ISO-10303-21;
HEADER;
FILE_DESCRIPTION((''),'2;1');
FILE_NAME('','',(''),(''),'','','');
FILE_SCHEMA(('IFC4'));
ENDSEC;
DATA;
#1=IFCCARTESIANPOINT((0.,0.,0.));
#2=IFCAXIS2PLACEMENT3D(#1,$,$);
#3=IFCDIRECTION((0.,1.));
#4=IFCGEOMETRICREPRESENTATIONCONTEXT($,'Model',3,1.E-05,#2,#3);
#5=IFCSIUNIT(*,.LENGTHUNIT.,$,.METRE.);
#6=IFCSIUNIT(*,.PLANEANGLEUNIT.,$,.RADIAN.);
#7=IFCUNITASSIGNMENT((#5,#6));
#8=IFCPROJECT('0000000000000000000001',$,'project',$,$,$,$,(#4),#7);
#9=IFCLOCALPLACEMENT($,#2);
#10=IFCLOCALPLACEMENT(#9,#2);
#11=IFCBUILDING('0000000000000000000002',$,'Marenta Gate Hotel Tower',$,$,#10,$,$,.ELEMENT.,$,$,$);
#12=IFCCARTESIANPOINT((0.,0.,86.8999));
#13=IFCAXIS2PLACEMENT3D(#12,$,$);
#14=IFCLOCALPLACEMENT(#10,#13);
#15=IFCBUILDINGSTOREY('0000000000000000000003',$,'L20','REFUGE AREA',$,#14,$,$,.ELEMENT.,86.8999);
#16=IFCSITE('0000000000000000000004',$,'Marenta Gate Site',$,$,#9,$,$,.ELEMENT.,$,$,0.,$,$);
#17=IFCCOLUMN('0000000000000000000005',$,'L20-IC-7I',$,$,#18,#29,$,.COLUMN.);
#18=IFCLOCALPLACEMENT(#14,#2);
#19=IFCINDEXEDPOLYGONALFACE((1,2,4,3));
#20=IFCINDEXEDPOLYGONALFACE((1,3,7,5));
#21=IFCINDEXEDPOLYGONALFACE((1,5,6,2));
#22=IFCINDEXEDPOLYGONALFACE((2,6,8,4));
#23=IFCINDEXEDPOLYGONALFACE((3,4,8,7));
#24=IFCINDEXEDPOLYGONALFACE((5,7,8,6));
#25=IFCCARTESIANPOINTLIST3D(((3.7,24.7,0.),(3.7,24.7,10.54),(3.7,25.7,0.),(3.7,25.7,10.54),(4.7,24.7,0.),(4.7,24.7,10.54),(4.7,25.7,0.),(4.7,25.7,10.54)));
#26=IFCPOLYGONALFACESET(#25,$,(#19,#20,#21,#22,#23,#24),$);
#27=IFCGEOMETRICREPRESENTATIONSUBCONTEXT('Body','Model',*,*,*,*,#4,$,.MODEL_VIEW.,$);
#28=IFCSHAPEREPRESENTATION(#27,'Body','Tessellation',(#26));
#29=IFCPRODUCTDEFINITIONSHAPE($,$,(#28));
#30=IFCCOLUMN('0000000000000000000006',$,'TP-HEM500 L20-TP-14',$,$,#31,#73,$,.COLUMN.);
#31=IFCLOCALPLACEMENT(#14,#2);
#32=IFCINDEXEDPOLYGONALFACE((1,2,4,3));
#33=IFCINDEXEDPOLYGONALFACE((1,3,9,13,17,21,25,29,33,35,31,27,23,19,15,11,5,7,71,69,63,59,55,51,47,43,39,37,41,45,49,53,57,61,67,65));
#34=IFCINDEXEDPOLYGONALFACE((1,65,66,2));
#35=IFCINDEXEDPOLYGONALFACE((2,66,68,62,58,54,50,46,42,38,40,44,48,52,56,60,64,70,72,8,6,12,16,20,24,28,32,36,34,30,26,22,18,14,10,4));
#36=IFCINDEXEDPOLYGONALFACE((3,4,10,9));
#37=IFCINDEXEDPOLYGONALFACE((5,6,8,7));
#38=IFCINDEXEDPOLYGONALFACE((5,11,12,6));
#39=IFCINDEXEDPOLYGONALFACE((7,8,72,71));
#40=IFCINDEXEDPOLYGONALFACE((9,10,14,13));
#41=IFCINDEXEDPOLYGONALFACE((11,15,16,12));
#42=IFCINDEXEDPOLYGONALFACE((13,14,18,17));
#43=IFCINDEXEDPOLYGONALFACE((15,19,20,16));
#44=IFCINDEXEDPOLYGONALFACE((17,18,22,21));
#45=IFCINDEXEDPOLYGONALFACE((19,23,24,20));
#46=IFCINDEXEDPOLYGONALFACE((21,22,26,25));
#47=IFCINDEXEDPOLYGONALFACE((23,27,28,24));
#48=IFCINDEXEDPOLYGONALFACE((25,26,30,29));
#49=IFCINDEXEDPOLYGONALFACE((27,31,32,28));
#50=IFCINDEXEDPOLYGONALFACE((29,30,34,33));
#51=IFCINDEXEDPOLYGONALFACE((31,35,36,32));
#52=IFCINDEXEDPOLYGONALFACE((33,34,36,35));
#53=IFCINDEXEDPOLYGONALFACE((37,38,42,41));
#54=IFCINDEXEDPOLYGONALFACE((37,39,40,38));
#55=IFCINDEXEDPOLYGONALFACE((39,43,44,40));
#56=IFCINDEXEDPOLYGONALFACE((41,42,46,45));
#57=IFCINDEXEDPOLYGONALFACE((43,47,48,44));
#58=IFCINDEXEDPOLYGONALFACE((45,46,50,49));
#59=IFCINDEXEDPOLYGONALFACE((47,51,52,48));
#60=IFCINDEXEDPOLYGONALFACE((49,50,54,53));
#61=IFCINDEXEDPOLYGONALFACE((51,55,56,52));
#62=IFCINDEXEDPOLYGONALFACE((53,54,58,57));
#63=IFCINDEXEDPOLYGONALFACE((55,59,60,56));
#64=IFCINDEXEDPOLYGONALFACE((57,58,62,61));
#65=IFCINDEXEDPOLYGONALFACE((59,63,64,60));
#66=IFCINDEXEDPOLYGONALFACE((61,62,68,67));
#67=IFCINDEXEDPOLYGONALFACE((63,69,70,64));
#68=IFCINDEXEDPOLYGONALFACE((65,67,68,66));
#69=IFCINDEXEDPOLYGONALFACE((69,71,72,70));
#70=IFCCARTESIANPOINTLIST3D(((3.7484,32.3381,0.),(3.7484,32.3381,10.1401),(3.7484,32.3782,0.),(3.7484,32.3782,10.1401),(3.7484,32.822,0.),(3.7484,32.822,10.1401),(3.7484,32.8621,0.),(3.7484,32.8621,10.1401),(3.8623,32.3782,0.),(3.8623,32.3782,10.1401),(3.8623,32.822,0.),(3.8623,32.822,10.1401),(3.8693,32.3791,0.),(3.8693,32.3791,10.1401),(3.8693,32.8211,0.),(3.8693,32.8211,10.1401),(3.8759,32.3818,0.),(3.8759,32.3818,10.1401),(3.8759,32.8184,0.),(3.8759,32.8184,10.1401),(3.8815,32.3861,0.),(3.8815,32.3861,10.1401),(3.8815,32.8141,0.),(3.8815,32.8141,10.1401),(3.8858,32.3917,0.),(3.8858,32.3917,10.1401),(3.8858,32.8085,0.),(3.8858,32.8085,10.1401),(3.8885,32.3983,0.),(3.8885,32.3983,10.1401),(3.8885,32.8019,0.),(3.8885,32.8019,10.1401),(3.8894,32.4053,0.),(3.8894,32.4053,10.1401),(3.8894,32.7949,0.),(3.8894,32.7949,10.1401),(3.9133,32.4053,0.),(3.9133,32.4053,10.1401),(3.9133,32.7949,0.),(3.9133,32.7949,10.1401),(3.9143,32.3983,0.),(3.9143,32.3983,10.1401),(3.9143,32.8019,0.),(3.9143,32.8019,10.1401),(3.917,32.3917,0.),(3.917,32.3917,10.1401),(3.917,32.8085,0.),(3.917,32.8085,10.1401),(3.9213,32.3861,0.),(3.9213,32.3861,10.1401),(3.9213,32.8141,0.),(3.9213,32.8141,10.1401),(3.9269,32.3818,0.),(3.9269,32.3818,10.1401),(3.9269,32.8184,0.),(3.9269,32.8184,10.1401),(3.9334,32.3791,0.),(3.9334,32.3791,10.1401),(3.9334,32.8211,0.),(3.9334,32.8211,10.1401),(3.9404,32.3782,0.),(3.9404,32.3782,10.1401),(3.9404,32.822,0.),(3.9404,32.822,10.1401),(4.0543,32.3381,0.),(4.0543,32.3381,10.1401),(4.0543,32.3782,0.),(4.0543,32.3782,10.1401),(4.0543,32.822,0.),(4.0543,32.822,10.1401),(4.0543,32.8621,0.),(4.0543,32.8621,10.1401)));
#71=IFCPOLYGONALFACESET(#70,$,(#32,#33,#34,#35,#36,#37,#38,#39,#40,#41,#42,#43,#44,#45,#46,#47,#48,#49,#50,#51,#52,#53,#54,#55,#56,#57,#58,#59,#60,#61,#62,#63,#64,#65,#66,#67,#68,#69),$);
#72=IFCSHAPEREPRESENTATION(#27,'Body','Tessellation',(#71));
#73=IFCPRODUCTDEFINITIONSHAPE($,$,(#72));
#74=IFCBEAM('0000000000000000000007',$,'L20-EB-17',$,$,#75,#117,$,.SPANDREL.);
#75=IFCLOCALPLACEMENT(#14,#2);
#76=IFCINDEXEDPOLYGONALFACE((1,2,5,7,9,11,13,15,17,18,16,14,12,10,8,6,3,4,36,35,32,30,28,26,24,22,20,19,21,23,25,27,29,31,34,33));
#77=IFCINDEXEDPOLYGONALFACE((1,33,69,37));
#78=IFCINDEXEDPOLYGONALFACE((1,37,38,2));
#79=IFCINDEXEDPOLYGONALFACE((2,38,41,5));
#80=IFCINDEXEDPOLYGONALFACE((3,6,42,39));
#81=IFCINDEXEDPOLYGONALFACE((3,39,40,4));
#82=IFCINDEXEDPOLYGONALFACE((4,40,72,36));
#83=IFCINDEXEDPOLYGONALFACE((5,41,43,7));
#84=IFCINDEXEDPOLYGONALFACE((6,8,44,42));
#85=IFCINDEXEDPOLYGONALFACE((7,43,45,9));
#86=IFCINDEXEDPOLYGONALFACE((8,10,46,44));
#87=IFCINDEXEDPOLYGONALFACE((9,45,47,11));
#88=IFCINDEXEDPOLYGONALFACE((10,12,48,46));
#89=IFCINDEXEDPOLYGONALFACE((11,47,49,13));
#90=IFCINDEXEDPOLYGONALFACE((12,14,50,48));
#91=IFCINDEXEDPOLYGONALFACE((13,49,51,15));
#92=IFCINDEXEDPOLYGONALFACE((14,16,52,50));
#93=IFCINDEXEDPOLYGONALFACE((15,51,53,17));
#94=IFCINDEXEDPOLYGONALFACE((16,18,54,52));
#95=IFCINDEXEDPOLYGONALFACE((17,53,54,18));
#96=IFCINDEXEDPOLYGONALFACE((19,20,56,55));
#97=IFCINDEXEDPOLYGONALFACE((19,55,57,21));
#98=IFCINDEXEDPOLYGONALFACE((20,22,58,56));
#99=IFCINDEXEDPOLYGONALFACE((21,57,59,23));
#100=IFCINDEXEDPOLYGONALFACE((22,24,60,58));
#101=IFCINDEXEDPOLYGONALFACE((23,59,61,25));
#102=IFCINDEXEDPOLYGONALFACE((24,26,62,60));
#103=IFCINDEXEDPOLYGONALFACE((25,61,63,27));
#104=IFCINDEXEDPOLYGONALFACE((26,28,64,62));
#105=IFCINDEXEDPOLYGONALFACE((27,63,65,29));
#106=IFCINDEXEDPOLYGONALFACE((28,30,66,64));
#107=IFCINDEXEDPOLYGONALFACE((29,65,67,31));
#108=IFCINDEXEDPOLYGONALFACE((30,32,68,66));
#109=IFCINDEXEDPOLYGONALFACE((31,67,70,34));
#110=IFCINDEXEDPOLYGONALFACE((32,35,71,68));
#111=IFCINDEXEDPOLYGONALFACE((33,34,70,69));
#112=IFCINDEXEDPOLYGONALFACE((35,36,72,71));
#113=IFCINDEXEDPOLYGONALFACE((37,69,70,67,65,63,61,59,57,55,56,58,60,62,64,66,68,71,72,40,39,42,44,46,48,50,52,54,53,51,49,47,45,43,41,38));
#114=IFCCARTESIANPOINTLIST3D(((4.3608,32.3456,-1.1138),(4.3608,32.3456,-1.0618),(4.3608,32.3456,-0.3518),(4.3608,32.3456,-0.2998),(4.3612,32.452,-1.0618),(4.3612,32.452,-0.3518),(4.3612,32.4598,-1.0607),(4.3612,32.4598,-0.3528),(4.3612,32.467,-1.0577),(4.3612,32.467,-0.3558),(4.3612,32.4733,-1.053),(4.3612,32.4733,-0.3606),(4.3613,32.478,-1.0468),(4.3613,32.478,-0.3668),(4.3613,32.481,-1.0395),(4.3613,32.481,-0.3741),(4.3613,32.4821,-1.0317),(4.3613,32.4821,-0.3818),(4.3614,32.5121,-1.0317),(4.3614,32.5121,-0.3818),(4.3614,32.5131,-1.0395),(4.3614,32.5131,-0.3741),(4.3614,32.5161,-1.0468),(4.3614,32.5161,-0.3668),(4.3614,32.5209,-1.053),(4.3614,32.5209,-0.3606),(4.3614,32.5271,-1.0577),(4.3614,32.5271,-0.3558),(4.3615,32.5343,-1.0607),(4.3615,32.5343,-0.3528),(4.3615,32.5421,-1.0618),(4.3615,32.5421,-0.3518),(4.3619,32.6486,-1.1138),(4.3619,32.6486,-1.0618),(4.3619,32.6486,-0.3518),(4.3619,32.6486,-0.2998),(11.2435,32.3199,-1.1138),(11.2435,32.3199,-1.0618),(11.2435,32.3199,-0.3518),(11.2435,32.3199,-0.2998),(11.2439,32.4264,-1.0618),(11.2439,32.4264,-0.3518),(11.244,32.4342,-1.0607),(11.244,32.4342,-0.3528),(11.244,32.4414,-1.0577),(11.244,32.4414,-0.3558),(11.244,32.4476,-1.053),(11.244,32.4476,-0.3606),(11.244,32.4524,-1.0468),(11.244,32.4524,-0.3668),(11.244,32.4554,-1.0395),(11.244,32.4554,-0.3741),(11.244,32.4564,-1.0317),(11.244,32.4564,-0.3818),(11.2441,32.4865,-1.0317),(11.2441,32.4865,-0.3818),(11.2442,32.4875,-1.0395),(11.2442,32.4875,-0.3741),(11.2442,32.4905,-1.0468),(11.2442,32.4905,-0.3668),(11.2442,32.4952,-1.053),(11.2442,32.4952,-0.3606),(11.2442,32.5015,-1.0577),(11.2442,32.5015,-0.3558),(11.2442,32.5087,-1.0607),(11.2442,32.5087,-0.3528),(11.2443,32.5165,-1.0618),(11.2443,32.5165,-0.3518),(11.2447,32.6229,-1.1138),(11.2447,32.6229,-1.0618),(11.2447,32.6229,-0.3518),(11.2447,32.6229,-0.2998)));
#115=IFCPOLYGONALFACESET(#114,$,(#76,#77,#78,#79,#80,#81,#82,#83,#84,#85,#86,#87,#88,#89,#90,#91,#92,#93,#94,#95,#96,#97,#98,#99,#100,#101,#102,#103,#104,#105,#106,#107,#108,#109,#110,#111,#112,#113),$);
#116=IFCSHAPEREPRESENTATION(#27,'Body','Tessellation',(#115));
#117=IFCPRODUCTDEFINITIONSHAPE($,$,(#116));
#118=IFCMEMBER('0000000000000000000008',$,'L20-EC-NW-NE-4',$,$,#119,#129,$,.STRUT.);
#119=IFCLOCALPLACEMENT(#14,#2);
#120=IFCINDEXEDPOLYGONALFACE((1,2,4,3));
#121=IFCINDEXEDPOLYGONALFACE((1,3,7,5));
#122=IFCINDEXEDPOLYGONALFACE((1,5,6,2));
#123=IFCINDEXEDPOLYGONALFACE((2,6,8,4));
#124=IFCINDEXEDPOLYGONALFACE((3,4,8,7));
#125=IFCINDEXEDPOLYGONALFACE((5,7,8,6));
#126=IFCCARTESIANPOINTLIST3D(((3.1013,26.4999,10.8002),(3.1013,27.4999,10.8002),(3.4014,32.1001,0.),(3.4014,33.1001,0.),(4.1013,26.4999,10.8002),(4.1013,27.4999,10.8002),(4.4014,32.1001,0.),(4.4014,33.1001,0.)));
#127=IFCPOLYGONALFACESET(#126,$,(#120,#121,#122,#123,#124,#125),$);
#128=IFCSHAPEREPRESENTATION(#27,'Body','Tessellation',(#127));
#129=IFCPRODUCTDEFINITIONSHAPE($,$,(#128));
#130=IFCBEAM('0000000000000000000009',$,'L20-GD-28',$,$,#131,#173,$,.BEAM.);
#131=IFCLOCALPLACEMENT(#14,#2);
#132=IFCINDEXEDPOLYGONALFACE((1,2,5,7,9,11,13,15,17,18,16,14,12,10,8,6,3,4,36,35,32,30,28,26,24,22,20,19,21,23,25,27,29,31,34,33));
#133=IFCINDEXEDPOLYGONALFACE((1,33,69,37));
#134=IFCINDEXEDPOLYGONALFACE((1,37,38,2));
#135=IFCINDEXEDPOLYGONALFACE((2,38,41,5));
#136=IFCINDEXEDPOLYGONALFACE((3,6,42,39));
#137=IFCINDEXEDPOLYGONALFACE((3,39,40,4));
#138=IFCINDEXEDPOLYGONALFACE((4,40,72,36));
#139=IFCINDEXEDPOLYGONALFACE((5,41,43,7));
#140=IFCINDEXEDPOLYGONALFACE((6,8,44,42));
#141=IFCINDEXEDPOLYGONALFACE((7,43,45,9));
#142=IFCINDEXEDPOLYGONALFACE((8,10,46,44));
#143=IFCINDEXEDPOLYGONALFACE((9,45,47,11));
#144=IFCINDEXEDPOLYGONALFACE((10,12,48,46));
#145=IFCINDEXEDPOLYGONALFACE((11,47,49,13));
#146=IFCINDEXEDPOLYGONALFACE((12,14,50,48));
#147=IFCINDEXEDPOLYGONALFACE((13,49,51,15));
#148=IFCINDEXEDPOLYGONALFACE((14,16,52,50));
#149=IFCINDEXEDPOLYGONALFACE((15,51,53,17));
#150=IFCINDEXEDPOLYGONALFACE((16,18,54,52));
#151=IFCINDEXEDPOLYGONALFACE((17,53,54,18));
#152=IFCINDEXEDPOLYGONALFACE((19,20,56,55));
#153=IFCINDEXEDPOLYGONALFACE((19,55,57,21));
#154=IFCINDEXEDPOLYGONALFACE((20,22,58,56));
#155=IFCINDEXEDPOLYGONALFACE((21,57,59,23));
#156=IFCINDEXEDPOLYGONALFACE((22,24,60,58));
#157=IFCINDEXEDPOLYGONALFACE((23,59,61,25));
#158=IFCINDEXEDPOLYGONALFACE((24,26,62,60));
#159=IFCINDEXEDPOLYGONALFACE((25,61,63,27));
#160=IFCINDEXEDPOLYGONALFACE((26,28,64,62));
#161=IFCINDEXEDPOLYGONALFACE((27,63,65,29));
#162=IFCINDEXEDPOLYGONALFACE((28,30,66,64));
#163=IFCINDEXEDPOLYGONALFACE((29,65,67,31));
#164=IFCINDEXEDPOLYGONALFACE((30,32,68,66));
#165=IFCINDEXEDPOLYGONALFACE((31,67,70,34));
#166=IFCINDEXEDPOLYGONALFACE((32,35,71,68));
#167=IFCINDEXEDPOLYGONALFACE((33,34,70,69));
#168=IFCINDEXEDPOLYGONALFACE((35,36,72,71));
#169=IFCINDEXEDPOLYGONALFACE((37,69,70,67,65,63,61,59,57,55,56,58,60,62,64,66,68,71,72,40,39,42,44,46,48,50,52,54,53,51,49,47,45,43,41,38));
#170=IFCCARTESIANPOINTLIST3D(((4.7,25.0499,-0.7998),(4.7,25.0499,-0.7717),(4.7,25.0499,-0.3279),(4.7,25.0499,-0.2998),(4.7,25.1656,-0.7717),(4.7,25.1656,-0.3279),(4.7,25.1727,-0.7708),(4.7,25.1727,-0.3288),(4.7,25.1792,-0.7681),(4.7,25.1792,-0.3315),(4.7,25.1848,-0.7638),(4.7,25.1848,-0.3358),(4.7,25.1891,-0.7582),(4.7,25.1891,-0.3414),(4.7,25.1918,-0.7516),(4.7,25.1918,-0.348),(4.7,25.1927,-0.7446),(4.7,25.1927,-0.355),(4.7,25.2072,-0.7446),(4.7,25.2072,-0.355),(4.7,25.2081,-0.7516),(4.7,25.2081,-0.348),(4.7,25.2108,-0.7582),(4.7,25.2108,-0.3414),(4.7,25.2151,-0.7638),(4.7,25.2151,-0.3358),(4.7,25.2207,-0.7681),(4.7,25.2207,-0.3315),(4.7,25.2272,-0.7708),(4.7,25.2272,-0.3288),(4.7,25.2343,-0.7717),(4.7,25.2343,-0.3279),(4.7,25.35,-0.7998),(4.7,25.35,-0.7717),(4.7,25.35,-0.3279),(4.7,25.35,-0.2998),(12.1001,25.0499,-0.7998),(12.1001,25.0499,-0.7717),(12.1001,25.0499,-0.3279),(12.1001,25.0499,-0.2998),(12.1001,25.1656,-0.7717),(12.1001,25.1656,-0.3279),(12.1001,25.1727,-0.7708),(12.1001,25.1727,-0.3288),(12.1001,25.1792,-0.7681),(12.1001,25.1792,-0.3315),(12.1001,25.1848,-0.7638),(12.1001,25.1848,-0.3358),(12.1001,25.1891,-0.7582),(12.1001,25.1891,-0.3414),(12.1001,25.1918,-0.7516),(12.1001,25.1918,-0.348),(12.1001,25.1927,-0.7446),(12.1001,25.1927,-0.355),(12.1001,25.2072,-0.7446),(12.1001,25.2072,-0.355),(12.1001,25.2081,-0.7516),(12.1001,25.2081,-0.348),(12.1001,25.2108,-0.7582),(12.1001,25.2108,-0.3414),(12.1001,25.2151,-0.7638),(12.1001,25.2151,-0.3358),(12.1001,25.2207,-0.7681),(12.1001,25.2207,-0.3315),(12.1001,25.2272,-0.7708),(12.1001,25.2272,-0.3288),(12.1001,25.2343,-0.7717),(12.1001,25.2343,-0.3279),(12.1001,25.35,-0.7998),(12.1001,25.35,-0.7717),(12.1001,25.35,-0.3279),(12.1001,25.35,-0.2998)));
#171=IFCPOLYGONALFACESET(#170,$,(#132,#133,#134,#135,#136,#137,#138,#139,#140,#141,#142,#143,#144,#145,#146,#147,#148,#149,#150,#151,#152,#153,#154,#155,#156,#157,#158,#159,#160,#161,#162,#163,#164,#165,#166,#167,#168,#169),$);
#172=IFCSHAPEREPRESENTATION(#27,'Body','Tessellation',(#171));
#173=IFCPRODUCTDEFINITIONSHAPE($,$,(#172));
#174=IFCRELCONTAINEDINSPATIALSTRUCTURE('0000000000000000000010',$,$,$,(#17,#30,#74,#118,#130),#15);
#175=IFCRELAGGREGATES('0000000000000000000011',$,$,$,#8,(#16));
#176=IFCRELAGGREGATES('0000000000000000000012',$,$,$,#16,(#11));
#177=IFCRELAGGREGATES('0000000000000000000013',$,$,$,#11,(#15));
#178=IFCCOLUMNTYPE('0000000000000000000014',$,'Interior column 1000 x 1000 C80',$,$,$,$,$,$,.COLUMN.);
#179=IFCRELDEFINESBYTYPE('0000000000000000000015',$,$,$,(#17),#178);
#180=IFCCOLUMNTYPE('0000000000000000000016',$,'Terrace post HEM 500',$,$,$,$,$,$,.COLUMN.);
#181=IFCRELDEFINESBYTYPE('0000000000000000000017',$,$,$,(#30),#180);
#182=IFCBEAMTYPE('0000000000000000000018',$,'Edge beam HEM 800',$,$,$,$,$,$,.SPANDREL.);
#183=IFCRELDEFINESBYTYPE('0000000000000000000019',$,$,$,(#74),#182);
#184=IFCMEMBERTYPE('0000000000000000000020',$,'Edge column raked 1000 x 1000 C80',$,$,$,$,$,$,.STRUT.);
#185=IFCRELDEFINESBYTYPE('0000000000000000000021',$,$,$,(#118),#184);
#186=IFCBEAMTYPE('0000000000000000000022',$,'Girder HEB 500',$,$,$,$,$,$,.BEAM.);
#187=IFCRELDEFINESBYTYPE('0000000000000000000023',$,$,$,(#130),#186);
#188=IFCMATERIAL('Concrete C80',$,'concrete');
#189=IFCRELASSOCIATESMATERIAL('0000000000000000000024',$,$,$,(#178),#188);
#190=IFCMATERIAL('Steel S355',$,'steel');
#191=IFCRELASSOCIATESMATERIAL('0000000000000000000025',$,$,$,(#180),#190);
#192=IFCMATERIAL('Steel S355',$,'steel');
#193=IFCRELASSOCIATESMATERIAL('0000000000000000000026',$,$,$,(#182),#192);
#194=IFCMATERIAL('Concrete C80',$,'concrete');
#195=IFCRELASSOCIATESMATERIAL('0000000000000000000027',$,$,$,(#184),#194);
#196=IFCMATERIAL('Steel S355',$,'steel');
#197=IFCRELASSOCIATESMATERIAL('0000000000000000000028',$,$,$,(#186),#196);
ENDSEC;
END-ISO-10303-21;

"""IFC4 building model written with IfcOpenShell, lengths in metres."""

from ifc_helpers import new_model, si_unit, direction, frame, origin, origin_2d, place, context, subcontext, project, spatial, rectangle, i_section, extrude, material, material_profile, profile_set, type_object, element, save


model = new_model("IFC4")

# Units and contexts
model_context = context("Model", 3, precision=1e-05, world=origin(), true_north=direction((0.0, 1.0)))
body_context = subcontext(model_context, "Body", "Model", "MODEL_VIEW")
ifc_project = project(units=[si_unit("LENGTHUNIT", "METRE"), si_unit("PLANEANGLEUNIT", "RADIAN")], contexts=[model_context])

# Site, building, storey
site_placement = place(None, origin())
site = spatial("IfcSite", under=ifc_project, at=site_placement, Name="Marenta Gate Site", CompositionType="ELEMENT", RefElevation=0.0)
building_placement = place(site_placement, origin())
building = spatial("IfcBuilding", under=site, at=building_placement, Name="Marenta Gate Hotel Tower", CompositionType="ELEMENT")
storey_placement = place(building_placement, frame((0.0, 0.0, 86.8999)))
storey = spatial("IfcBuildingStorey", under=building, at=storey_placement, Name="L20", Description="REFUGE AREA", CompositionType="ELEMENT", Elevation=86.8999)

# Columns
ifc_material_1 = material(Name="Concrete C80", Category="concrete")
ifc_material_profile_1 = material_profile(ifc_material_1, rectangle(XDim=1.0, YDim=1.0, at=origin_2d()), Name="1000 x 1000")
ifc_profile_set_1 = profile_set([ifc_material_profile_1], Name="Concrete C80")
column_type_1 = type_object("IfcColumnType", Name="Interior column 1000 x 1000 C80", PredefinedType="COLUMN", material=ifc_profile_set_1)
column_1_placement = place(storey_placement, frame((4.2, 25.2, 0.0), z_axis=(0.0, 0.0, 1.0), x_axis=(1.0, 0.0, 0.0)))
element("IfcColumn", 1, at=column_1_placement, inside=storey, type_object=column_type_1, Name="L20-IC-7I", PredefinedType="COLUMN", context=body_context, shape_type="SweptSolid", body=[
    extrude(rectangle(XDim=1.0, YDim=1.0, at=origin_2d()), origin(), (0.0, 0.0, 1.0), 10.54),
])
ifc_material_2 = material(Name="Steel S355", Category="steel")
ifc_material_profile_2 = material_profile(ifc_material_2, i_section(OverallWidth=0.3059, OverallDepth=0.5239, WebThickness=0.0239, FlangeThickness=0.04, FilletRadius=0.0271, at=origin_2d()), Name="HEM 500")
ifc_profile_set_2 = profile_set([ifc_material_profile_2], Name="Steel S355")
column_type_2 = type_object("IfcColumnType", Name="Terrace post HEM 500", PredefinedType="COLUMN", material=ifc_profile_set_2)
column_2_placement = place(storey_placement, frame((3.9014, 32.6001, 0.0), z_axis=(0.0, 0.0, 1.0), x_axis=(1.0, 0.0, 0.0)))
element("IfcColumn", 2, at=column_2_placement, inside=storey, type_object=column_type_2, Name="TP-HEM500 L20-TP-14", PredefinedType="COLUMN", context=body_context, shape_type="SweptSolid", body=[
    extrude(i_section(OverallWidth=0.3059, OverallDepth=0.5239, WebThickness=0.0239, FlangeThickness=0.04, FilletRadius=0.0271, at=origin_2d()), origin(), (0.0, 0.0, 1.0), 10.1401),
])

# Beam
ifc_material_3 = material(Name="Steel S355", Category="steel")
ifc_material_profile_3 = material_profile(ifc_material_3, i_section(OverallWidth=0.303, OverallDepth=0.814, WebThickness=0.03, FlangeThickness=0.052, FilletRadius=0.03, at=origin_2d()), Name="HEM 800")
ifc_profile_set_3 = profile_set([ifc_material_profile_3], Name="Steel S355")
beam_type_1 = type_object("IfcBeamType", Name="Edge beam HEM 800", PredefinedType="SPANDREL", material=ifc_profile_set_3)
beam_1_placement = place(storey_placement, frame((4.3613, 32.4971, -0.7068), z_axis=(0.999993, -0.003724, 0.0), x_axis=(0.003724, 0.999993, 0.0)))
element("IfcBeam", 3, at=beam_1_placement, inside=storey, type_object=beam_type_1, Name="L20-EB-17", PredefinedType="SPANDREL", context=body_context, shape_type="SweptSolid", body=[
    extrude(i_section(OverallWidth=0.303, OverallDepth=0.814, WebThickness=0.03, FlangeThickness=0.052, FilletRadius=0.03, at=origin_2d()), origin(), (0.0, 0.0, 1.0), 6.8828),
])

# Member
ifc_material_4 = material(Name="Concrete C80", Category="concrete")
ifc_material_profile_4 = material_profile(ifc_material_4, rectangle(XDim=1.0, YDim=1.0, at=origin_2d()), Name="1000 x 1000")
ifc_profile_set_4 = profile_set([ifc_material_profile_4], Name="Concrete C80")
member_type = type_object("IfcMemberType", Name="Edge column raked 1000 x 1000 C80", PredefinedType="STRUT", material=ifc_profile_set_4)
member_placement = place(storey_placement, frame((3.9014, 32.6001, 0.0), z_axis=(0.0, 0.0, 1.0), x_axis=(1.0, 0.0, 0.0)))
element("IfcMember", 4, at=member_placement, inside=storey, type_object=member_type, Name="L20-EC-NW-NE-4", PredefinedType="STRUT", context=body_context, shape_type="SweptSolid", body=[
    extrude(rectangle(XDim=1.0, YDim=1.0, at=origin_2d()), origin(), (-0.024656, -0.460182, 0.887482), 12.1694),
])

# Beam
ifc_material_5 = material(Name="Steel S355", Category="steel")
ifc_material_profile_5 = material_profile(ifc_material_5, i_section(OverallWidth=0.3, OverallDepth=0.5, WebThickness=0.0144, FlangeThickness=0.0281, FilletRadius=0.0271, at=origin_2d()), Name="HEB 500")
ifc_profile_set_5 = profile_set([ifc_material_profile_5], Name="Steel S355")
beam_type_2 = type_object("IfcBeamType", Name="Girder HEB 500", PredefinedType="BEAM", material=ifc_profile_set_5)
beam_2_placement = place(storey_placement, frame((4.7, 25.2, -0.5498), z_axis=(1.0, 0.0, 0.0), x_axis=(0.0, 1.0, 0.0)))
element("IfcBeam", 5, at=beam_2_placement, inside=storey, type_object=beam_type_2, Name="L20-GD-28", PredefinedType="BEAM", context=body_context, shape_type="SweptSolid", body=[
    extrude(i_section(OverallWidth=0.3, OverallDepth=0.5, WebThickness=0.0144, FlangeThickness=0.0281, FilletRadius=0.0271, at=origin_2d()), origin(), (0.0, 0.0, 1.0), 7.4001),
])

save(model, "model.ifc")
